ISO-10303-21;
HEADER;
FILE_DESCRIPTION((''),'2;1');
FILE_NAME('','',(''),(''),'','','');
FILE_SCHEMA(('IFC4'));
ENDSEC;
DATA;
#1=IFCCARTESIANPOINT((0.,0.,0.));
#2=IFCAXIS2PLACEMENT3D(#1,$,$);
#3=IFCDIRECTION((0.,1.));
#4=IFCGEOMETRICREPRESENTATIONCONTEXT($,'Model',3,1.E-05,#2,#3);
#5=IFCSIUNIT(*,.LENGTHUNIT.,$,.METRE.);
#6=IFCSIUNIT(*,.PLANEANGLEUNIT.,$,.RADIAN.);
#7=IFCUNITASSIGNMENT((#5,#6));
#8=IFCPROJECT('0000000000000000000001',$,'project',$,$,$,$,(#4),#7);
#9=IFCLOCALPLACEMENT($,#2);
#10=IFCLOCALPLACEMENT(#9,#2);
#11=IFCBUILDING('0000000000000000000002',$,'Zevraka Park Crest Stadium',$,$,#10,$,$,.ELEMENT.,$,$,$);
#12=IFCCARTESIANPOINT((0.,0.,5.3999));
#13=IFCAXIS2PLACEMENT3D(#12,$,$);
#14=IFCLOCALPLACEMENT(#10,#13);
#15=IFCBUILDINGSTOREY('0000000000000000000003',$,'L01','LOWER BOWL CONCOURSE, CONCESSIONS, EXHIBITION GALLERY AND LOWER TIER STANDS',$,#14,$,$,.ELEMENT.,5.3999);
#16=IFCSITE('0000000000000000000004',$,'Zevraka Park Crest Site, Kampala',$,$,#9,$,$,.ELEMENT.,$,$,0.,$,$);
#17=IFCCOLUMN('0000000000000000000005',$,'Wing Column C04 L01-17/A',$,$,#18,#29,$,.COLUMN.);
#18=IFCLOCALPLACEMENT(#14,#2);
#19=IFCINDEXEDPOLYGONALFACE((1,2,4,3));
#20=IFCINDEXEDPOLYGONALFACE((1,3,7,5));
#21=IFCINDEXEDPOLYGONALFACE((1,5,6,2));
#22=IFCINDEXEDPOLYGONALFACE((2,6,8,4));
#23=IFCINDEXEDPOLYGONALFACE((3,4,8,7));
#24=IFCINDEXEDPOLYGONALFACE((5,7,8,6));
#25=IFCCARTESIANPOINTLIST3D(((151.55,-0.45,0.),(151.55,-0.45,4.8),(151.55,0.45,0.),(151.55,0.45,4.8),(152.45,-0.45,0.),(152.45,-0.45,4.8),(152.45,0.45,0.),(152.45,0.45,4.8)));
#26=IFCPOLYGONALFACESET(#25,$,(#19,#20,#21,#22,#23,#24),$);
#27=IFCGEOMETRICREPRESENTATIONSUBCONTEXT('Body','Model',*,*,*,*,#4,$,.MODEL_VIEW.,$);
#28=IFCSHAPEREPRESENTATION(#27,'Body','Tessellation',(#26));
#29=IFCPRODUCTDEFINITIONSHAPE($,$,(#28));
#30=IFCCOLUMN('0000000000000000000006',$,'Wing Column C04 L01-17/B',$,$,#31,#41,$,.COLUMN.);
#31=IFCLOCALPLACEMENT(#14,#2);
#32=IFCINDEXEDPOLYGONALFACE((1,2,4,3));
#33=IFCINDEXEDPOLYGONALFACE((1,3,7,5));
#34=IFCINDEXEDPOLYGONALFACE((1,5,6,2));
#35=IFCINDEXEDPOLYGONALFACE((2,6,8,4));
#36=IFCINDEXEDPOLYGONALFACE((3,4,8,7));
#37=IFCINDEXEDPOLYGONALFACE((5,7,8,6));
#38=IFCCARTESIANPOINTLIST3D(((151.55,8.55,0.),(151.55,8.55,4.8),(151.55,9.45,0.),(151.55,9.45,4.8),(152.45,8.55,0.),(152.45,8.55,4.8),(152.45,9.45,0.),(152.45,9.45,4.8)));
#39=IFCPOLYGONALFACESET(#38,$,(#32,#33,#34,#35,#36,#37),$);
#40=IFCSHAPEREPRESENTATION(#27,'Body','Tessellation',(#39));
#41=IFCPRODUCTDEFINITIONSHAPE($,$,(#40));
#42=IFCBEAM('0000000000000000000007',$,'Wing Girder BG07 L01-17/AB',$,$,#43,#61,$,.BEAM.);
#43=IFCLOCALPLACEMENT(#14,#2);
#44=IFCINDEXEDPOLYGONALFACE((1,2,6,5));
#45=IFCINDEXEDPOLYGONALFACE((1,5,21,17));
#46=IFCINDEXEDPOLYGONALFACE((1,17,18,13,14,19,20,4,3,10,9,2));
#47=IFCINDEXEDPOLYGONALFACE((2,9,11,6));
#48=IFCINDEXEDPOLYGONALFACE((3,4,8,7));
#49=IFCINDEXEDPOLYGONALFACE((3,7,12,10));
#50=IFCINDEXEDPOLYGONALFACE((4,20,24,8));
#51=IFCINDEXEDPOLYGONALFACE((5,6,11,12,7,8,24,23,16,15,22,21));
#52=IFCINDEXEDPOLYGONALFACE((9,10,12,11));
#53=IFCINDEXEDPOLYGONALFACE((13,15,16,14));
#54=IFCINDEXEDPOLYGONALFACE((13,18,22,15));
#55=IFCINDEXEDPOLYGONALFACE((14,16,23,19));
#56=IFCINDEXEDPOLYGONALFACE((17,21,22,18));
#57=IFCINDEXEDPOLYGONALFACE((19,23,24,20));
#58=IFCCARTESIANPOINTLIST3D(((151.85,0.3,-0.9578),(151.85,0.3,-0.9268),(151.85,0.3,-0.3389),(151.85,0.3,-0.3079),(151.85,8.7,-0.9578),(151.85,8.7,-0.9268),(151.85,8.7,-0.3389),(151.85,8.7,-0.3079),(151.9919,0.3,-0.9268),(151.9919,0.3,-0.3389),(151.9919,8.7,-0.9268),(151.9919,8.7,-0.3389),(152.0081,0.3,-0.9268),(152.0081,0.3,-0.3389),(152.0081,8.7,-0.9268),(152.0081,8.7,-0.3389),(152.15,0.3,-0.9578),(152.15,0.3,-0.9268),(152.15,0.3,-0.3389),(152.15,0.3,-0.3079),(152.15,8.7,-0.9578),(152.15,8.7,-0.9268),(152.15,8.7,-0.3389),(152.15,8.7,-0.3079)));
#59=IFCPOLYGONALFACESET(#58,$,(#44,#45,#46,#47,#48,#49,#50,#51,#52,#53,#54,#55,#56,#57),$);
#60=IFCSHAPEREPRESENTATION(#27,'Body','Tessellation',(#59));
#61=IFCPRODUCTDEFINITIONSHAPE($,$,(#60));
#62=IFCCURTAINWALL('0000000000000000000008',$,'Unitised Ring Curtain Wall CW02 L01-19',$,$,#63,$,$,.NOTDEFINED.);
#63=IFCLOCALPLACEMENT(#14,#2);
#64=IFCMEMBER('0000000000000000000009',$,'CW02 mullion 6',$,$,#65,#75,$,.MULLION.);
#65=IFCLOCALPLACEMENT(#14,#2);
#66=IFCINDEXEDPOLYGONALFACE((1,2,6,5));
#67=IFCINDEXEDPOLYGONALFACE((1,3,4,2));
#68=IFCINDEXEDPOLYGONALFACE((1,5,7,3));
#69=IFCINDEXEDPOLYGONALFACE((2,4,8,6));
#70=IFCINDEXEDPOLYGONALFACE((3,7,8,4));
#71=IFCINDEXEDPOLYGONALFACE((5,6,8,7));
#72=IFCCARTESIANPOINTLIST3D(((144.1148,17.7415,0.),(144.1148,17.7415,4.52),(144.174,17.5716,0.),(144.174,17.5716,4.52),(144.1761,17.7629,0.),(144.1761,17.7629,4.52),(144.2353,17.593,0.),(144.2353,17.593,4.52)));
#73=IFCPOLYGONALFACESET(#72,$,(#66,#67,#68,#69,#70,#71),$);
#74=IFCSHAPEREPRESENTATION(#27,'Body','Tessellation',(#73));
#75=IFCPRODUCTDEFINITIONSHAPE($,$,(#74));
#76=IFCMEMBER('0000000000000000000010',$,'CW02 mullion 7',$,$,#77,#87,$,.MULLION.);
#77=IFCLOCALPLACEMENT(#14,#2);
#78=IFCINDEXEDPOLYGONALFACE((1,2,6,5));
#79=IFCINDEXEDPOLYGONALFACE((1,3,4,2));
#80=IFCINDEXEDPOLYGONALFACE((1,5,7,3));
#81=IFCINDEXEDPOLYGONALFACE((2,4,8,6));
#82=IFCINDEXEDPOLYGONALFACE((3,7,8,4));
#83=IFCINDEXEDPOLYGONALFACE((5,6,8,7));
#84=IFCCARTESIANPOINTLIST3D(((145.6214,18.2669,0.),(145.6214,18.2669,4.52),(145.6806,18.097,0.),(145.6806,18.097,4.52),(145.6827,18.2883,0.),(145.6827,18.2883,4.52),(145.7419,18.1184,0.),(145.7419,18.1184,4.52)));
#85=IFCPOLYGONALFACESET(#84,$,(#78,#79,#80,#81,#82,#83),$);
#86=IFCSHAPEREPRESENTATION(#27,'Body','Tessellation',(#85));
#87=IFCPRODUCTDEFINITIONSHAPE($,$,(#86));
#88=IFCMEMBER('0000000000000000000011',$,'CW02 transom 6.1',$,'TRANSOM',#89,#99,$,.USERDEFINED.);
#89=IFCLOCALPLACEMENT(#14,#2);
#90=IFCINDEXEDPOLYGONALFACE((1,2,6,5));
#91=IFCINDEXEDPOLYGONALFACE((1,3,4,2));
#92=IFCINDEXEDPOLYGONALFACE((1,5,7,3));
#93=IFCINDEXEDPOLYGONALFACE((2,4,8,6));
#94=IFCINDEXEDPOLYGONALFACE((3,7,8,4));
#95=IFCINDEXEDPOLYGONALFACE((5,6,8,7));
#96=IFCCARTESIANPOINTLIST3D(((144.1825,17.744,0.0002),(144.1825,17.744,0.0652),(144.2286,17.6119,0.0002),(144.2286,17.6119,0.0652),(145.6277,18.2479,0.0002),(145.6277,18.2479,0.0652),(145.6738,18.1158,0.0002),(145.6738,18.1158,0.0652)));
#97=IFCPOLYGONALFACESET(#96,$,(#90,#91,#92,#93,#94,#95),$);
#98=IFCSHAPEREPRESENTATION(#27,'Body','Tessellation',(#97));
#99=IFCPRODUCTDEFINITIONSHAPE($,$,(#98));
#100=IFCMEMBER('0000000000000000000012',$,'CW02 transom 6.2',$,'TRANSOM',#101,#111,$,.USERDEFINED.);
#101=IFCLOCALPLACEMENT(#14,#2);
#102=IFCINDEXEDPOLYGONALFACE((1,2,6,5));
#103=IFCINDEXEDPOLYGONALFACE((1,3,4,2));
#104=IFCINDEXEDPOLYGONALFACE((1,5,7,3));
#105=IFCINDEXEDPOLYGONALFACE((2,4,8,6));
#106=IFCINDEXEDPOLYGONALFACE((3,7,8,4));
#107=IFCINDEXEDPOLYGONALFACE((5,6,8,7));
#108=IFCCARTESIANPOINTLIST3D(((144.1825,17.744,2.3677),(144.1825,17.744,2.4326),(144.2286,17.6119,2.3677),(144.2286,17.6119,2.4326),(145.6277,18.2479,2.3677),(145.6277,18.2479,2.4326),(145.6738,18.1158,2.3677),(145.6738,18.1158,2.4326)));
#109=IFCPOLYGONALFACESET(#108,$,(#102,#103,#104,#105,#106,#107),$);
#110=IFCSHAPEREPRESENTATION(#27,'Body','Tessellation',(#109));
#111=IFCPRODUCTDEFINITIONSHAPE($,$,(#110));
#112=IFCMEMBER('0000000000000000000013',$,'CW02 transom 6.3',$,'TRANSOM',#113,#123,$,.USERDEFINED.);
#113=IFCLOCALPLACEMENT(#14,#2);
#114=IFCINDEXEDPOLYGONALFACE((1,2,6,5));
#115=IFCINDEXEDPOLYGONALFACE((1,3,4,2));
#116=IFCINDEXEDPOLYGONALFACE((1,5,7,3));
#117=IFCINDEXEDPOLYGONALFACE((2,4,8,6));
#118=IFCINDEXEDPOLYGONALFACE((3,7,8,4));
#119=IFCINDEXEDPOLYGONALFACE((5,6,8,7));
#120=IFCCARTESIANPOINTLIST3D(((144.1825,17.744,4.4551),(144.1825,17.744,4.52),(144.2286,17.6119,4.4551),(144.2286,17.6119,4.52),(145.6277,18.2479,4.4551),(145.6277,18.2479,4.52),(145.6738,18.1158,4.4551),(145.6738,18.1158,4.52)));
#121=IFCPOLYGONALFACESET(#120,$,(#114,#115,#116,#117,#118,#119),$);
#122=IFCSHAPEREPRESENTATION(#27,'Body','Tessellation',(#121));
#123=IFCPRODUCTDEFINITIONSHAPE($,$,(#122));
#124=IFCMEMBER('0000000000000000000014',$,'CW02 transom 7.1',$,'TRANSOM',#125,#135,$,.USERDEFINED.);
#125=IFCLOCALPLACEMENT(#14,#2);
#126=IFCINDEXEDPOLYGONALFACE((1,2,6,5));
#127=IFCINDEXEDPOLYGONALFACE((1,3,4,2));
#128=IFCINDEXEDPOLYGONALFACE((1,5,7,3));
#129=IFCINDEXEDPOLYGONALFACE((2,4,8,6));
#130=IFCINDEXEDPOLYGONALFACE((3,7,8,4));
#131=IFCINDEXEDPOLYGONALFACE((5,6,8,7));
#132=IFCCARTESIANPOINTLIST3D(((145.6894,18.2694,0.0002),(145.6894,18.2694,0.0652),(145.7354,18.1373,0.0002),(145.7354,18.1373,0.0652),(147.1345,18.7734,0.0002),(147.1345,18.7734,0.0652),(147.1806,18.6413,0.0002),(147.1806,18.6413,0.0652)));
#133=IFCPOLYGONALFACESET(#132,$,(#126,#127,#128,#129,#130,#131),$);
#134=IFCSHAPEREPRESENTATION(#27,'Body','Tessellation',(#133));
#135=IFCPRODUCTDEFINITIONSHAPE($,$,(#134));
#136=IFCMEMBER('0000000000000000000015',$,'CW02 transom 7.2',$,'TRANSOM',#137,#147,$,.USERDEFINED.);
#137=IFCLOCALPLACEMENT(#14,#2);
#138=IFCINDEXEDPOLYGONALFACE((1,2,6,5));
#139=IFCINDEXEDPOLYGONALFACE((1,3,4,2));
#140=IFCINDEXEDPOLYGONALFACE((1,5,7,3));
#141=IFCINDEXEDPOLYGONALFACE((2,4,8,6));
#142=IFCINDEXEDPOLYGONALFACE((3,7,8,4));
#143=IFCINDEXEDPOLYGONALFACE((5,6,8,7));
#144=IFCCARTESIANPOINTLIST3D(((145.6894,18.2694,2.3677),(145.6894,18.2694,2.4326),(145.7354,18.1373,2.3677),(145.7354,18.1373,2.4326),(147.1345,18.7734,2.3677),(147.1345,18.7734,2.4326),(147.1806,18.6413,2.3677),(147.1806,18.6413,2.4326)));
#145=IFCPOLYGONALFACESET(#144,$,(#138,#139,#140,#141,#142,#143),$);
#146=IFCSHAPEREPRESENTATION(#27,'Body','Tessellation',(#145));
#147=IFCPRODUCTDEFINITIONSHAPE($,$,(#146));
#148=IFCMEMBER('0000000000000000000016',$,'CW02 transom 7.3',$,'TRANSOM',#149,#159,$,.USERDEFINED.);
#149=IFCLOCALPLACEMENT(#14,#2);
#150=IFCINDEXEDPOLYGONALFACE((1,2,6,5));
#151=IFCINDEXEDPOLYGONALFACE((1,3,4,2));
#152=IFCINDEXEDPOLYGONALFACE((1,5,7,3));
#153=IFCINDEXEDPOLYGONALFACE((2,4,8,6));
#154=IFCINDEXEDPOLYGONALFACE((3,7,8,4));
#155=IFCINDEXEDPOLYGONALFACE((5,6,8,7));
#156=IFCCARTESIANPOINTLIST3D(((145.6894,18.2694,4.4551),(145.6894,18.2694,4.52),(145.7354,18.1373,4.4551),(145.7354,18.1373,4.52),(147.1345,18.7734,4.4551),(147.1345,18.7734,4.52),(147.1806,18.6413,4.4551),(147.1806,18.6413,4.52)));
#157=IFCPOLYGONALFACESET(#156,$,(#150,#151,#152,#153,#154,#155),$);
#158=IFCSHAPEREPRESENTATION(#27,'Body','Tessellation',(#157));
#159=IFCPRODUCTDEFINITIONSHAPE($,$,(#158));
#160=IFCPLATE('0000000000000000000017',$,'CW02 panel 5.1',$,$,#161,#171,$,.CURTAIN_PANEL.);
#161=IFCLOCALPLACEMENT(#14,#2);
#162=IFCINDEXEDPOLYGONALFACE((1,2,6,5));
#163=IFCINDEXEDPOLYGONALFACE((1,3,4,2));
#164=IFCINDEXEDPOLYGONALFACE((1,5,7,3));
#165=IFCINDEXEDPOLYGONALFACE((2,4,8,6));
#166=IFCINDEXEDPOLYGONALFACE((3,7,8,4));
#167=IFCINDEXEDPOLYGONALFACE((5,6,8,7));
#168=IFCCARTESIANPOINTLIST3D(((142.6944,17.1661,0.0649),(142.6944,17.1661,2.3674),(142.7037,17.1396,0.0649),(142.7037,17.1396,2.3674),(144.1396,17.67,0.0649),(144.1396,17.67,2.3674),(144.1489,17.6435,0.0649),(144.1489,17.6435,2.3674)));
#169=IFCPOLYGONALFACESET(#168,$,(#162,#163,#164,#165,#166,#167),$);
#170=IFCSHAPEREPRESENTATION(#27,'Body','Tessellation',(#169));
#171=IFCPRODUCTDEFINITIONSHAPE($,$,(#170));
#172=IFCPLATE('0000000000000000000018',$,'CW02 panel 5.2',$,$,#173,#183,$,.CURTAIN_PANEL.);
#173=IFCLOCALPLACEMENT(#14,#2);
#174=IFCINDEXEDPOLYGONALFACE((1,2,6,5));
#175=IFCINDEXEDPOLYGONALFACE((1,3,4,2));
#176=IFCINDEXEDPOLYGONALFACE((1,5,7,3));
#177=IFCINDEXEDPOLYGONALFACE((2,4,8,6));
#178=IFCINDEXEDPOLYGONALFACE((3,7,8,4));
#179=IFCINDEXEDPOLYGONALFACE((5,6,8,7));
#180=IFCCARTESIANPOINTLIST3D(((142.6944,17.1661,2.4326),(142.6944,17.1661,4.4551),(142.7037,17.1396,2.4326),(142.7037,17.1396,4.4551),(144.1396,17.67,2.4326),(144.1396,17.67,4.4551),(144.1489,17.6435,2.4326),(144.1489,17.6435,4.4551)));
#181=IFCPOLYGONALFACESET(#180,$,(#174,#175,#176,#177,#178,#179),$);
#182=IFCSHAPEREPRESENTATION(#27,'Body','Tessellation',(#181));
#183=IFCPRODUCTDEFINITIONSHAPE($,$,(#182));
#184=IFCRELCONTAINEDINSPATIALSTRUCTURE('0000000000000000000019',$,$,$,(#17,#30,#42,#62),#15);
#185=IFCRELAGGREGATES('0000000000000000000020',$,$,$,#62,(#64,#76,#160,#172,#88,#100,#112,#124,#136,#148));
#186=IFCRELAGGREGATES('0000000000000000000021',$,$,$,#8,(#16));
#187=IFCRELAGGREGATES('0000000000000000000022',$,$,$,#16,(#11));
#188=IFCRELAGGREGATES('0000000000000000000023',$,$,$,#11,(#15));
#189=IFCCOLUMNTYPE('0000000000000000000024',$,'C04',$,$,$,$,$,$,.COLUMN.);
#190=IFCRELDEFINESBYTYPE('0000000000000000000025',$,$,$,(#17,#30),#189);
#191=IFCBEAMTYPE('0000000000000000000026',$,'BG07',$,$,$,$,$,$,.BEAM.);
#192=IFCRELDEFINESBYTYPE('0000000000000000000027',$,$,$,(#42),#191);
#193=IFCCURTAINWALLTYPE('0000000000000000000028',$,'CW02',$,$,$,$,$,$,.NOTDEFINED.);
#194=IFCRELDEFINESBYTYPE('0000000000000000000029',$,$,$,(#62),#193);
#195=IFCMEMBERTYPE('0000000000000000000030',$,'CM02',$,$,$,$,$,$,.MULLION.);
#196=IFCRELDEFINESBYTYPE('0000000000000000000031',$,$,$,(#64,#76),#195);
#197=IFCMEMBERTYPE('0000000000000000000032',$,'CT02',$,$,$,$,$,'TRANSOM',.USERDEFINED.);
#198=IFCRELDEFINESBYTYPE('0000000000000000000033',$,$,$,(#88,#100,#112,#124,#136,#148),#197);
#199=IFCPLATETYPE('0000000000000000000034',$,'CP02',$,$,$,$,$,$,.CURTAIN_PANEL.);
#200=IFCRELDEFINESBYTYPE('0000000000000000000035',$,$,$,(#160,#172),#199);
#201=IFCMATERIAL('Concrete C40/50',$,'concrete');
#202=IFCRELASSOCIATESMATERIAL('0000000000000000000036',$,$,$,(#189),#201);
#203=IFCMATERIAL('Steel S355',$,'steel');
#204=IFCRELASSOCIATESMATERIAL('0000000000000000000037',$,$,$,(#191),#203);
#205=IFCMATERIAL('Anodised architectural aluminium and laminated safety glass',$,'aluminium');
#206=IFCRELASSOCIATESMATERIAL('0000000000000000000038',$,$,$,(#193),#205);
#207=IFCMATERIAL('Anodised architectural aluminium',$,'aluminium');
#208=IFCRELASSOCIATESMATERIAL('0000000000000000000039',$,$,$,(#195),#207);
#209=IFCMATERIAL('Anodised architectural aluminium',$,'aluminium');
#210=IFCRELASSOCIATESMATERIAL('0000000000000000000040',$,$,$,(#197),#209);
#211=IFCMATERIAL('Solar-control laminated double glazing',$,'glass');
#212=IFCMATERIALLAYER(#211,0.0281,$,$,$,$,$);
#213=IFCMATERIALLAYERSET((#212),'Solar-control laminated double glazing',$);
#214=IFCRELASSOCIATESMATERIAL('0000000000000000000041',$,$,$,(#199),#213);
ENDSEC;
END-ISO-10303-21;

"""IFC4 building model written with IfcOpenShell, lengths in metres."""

from ifc_helpers import new_model, si_unit, direction, frame, origin, origin_2d, place, context, subcontext, project, spatial, rectangle, i_section, extrude, material, layer, layer_set, material_profile, profile_set, type_object, element, aggregate, save


model = new_model("IFC4")

# Units and contexts
model_context = context("Model", 3, precision=1e-05, world=origin(), true_north=direction((0.0, 1.0)))
body_context = subcontext(model_context, "Body", "Model", "MODEL_VIEW")
ifc_project = project(units=[si_unit("LENGTHUNIT", "METRE"), si_unit("PLANEANGLEUNIT", "RADIAN")], contexts=[model_context])

# Site, building, storey
site_placement = place(None, origin())
site = spatial("IfcSite", under=ifc_project, at=site_placement, Name="Zevraka Park Crest Site, Kampala", CompositionType="ELEMENT", RefElevation=0.0)
building_placement = place(site_placement, origin())
building = spatial("IfcBuilding", under=site, at=building_placement, Name="Zevraka Park Crest Stadium", CompositionType="ELEMENT")
storey_placement = place(building_placement, frame((0.0, 0.0, 5.3999)))
storey = spatial("IfcBuildingStorey", under=building, at=storey_placement, Name="L01", Description="LOWER BOWL CONCOURSE, CONCESSIONS, EXHIBITION GALLERY AND LOWER TIER STANDS", CompositionType="ELEMENT", Elevation=5.3999)

# Columns
ifc_material_1 = material(Name="Concrete C40/50", Category="concrete")
ifc_material_profile_1 = material_profile(ifc_material_1, rectangle(XDim=0.8999, YDim=0.8999, at=origin_2d()), Name="RC 900x900")
ifc_profile_set_1 = profile_set([ifc_material_profile_1], Name="Concrete C40/50")
column_type = type_object("IfcColumnType", Name="C04", PredefinedType="COLUMN", material=ifc_profile_set_1)
for number, where, z_axis, x_axis, name in (
    (1, (152.0, 0.0, 0.0), (0.0, 0.0, 1.0), (1.0, 0.0, 0.0), "Wing Column C04 L01-17/A"),
    (2, (152.0, 9.0, 0.0), (0.0, 0.0, 1.0), (1.0, 0.0, 0.0), "Wing Column C04 L01-17/B"),
):
    element("IfcColumn", number, at=place(storey_placement, frame(where, z_axis=z_axis, x_axis=x_axis)), inside=storey, type_object=column_type, Name=name, PredefinedType="COLUMN", context=body_context, shape_type="SweptSolid", body=[
        extrude(rectangle(XDim=0.8999, YDim=0.8999, at=origin_2d()), origin(), (0.0, 0.0, 1.0), 4.8),
    ])

# Beam
ifc_material_2 = material(Name="Steel S355", Category="steel")
ifc_material_profile_2 = material_profile(ifc_material_2, i_section(OverallWidth=0.3, OverallDepth=0.6499, WebThickness=0.0161, FlangeThickness=0.031, at=origin_2d()), Name="HEB 650")
ifc_profile_set_2 = profile_set([ifc_material_profile_2], Name="Steel S355")
beam_type = type_object("IfcBeamType", Name="BG07", PredefinedType="BEAM", material=ifc_profile_set_2)
beam_placement = place(storey_placement, frame((152.0, 0.3, -0.6328), z_axis=(0.0, 1.0, 0.0), x_axis=(-1.0, 0.0, 0.0)))
element("IfcBeam", 3, at=beam_placement, inside=storey, type_object=beam_type, Name="Wing Girder BG07 L01-17/AB", PredefinedType="BEAM", context=body_context, shape_type="SweptSolid", body=[
    extrude(i_section(OverallWidth=0.3, OverallDepth=0.6499, WebThickness=0.0161, FlangeThickness=0.031, at=origin_2d()), origin(), (0.0, 0.0, 1.0), 8.3999),
])

# Curtain wall, members, plates
ifc_material_3 = material(Name="Anodised architectural aluminium and laminated safety glass", Category="aluminium")
curtain_wall_type = type_object("IfcCurtainWallType", Name="CW02", PredefinedType="NOTDEFINED", material=ifc_material_3)
curtain_wall_placement = place(storey_placement, origin())
curtain_wall = element("IfcCurtainWall", 4, at=curtain_wall_placement, inside=storey, type_object=curtain_wall_type, Name="Unitised Ring Curtain Wall CW02 L01-19", PredefinedType="NOTDEFINED")
ifc_material_4 = material(Name="Anodised architectural aluminium", Category="aluminium")
ifc_material_profile_3 = material_profile(ifc_material_4, rectangle(XDim=0.1799, YDim=0.0649, at=origin_2d()), Name="ALU MULLION 180x65")
ifc_profile_set_3 = profile_set([ifc_material_profile_3], Name="Anodised architectural aluminium")
member_type_1 = type_object("IfcMemberType", Name="CM02", PredefinedType="MULLION", material=ifc_profile_set_3)
member_1_placement = place(storey_placement, frame((144.175, 17.6672, 0.0), z_axis=(0.0, 0.0, 1.0), x_axis=(-0.329209, 0.944257, 0.0)))
member_1 = element("IfcMember", 5, at=member_1_placement, type_object=member_type_1, Name="CW02 mullion 6", PredefinedType="MULLION", context=body_context, shape_type="SweptSolid", body=[
    extrude(rectangle(XDim=0.1799, YDim=0.0649, at=origin_2d()), origin(), (0.0, 0.0, 1.0), 4.52),
])
member_2_placement = place(storey_placement, frame((145.6816, 18.1926, 0.0), z_axis=(0.0, 0.0, 1.0), x_axis=(-0.329209, 0.944257, 0.0)))
member_2 = element("IfcMember", 6, at=member_2_placement, type_object=member_type_1, Name="CW02 mullion 7", PredefinedType="MULLION", context=body_context, shape_type="SweptSolid", body=[
    extrude(rectangle(XDim=0.1799, YDim=0.0649, at=origin_2d()), origin(), (0.0, 0.0, 1.0), 4.52),
])
ifc_material_5 = material(Name="Anodised architectural aluminium", Category="aluminium")
ifc_material_profile_4 = material_profile(ifc_material_5, rectangle(XDim=0.1399, YDim=0.0649, at=origin_2d()), Name="ALU TRANSOM 140x65")
ifc_profile_set_4 = profile_set([ifc_material_profile_4], Name="Anodised architectural aluminium")
member_type_2 = type_object("IfcMemberType", Name="CT02", ElementType="TRANSOM", PredefinedType="USERDEFINED", material=ifc_profile_set_4)
member_3_placement = place(storey_placement, frame((144.2056, 17.678, 0.0327), z_axis=(0.944256, 0.329213, 0.0), x_axis=(-0.329213, 0.944256, 0.0)))
member_3 = element("IfcMember", 7, at=member_3_placement, type_object=member_type_2, Name="CW02 transom 6.1", ObjectType="TRANSOM", PredefinedType="USERDEFINED", context=body_context, shape_type="SweptSolid", body=[
    extrude(rectangle(XDim=0.1399, YDim=0.0649, at=origin_2d()), origin(), (0.0, 0.0, 1.0), 1.5305),
])
member_4_placement = place(storey_placement, frame((144.2056, 17.678, 2.4001), z_axis=(0.944256, 0.329213, 0.0), x_axis=(-0.329213, 0.944256, 0.0)))
member_4 = element("IfcMember", 8, at=member_4_placement, type_object=member_type_2, Name="CW02 transom 6.2", ObjectType="TRANSOM", PredefinedType="USERDEFINED", context=body_context, shape_type="SweptSolid", body=[
    extrude(rectangle(XDim=0.1399, YDim=0.0649, at=origin_2d()), origin(), (0.0, 0.0, 1.0), 1.5305),
])
member_5_placement = place(storey_placement, frame((144.2056, 17.678, 4.4875), z_axis=(0.944256, 0.329213, 0.0), x_axis=(-0.329213, 0.944256, 0.0)))
member_5 = element("IfcMember", 9, at=member_5_placement, type_object=member_type_2, Name="CW02 transom 6.3", ObjectType="TRANSOM", PredefinedType="USERDEFINED", context=body_context, shape_type="SweptSolid", body=[
    extrude(rectangle(XDim=0.1399, YDim=0.0649, at=origin_2d()), origin(), (0.0, 0.0, 1.0), 1.5305),
])
member_6_placement = place(storey_placement, frame((145.7124, 18.2034, 0.0327), z_axis=(0.944238, 0.329263, 0.0), x_axis=(-0.329263, 0.944238, 0.0)))
member_6 = element("IfcMember", 10, at=member_6_placement, type_object=member_type_2, Name="CW02 transom 7.1", ObjectType="TRANSOM", PredefinedType="USERDEFINED", context=body_context, shape_type="SweptSolid", body=[
    extrude(rectangle(XDim=0.1399, YDim=0.0649, at=origin_2d()), origin(), (0.0, 0.0, 1.0), 1.5305),
])
member_7_placement = place(storey_placement, frame((145.7124, 18.2034, 2.4001), z_axis=(0.944238, 0.329263, 0.0), x_axis=(-0.329263, 0.944238, 0.0)))
member_7 = element("IfcMember", 11, at=member_7_placement, type_object=member_type_2, Name="CW02 transom 7.2", ObjectType="TRANSOM", PredefinedType="USERDEFINED", context=body_context, shape_type="SweptSolid", body=[
    extrude(rectangle(XDim=0.1399, YDim=0.0649, at=origin_2d()), origin(), (0.0, 0.0, 1.0), 1.5305),
])
member_8_placement = place(storey_placement, frame((145.7124, 18.2034, 4.4875), z_axis=(0.944238, 0.329263, 0.0), x_axis=(-0.329263, 0.944238, 0.0)))
member_8 = element("IfcMember", 12, at=member_8_placement, type_object=member_type_2, Name="CW02 transom 7.3", ObjectType="TRANSOM", PredefinedType="USERDEFINED", context=body_context, shape_type="SweptSolid", body=[
    extrude(rectangle(XDim=0.1399, YDim=0.0649, at=origin_2d()), origin(), (0.0, 0.0, 1.0), 1.5305),
])
ifc_material_6 = material(Name="Solar-control laminated double glazing", Category="glass")
ifc_layer_1 = layer(ifc_material_6, 0.0281)
ifc_layer_set_1 = layer_set([ifc_layer_1], Name="Solar-control laminated double glazing")
plate_type = type_object("IfcPlateType", Name="CP02", PredefinedType="CURTAIN_PANEL", material=ifc_layer_set_1)
plate_1_placement = place(storey_placement, frame((143.4216, 17.4048, 0.0649), z_axis=(0.0, 0.0, 1.0), x_axis=(0.944257, 0.329209, 0.0)))
plate_1 = element("IfcPlate", 13, at=plate_1_placement, type_object=plate_type, Name="CW02 panel 5.1", PredefinedType="CURTAIN_PANEL", context=body_context, shape_type="SweptSolid", body=[
    extrude(rectangle(XDim=1.5305, YDim=0.0281, at=origin_2d()), origin(), (0.0, 0.0, 1.0), 2.3025),
])
plate_2_placement = place(storey_placement, frame((143.4216, 17.4048, 2.4326), z_axis=(0.0, 0.0, 1.0), x_axis=(0.944257, 0.329209, 0.0)))
plate_2 = element("IfcPlate", 14, at=plate_2_placement, type_object=plate_type, Name="CW02 panel 5.2", PredefinedType="CURTAIN_PANEL", context=body_context, shape_type="SweptSolid", body=[
    extrude(rectangle(XDim=1.5305, YDim=0.0281, at=origin_2d()), origin(), (0.0, 0.0, 1.0), 2.0225),
])
aggregate(curtain_wall, [member_1, member_2, plate_1, plate_2, member_3, member_4, member_5, member_6, member_7, member_8])

save(model, "model.ifc")
